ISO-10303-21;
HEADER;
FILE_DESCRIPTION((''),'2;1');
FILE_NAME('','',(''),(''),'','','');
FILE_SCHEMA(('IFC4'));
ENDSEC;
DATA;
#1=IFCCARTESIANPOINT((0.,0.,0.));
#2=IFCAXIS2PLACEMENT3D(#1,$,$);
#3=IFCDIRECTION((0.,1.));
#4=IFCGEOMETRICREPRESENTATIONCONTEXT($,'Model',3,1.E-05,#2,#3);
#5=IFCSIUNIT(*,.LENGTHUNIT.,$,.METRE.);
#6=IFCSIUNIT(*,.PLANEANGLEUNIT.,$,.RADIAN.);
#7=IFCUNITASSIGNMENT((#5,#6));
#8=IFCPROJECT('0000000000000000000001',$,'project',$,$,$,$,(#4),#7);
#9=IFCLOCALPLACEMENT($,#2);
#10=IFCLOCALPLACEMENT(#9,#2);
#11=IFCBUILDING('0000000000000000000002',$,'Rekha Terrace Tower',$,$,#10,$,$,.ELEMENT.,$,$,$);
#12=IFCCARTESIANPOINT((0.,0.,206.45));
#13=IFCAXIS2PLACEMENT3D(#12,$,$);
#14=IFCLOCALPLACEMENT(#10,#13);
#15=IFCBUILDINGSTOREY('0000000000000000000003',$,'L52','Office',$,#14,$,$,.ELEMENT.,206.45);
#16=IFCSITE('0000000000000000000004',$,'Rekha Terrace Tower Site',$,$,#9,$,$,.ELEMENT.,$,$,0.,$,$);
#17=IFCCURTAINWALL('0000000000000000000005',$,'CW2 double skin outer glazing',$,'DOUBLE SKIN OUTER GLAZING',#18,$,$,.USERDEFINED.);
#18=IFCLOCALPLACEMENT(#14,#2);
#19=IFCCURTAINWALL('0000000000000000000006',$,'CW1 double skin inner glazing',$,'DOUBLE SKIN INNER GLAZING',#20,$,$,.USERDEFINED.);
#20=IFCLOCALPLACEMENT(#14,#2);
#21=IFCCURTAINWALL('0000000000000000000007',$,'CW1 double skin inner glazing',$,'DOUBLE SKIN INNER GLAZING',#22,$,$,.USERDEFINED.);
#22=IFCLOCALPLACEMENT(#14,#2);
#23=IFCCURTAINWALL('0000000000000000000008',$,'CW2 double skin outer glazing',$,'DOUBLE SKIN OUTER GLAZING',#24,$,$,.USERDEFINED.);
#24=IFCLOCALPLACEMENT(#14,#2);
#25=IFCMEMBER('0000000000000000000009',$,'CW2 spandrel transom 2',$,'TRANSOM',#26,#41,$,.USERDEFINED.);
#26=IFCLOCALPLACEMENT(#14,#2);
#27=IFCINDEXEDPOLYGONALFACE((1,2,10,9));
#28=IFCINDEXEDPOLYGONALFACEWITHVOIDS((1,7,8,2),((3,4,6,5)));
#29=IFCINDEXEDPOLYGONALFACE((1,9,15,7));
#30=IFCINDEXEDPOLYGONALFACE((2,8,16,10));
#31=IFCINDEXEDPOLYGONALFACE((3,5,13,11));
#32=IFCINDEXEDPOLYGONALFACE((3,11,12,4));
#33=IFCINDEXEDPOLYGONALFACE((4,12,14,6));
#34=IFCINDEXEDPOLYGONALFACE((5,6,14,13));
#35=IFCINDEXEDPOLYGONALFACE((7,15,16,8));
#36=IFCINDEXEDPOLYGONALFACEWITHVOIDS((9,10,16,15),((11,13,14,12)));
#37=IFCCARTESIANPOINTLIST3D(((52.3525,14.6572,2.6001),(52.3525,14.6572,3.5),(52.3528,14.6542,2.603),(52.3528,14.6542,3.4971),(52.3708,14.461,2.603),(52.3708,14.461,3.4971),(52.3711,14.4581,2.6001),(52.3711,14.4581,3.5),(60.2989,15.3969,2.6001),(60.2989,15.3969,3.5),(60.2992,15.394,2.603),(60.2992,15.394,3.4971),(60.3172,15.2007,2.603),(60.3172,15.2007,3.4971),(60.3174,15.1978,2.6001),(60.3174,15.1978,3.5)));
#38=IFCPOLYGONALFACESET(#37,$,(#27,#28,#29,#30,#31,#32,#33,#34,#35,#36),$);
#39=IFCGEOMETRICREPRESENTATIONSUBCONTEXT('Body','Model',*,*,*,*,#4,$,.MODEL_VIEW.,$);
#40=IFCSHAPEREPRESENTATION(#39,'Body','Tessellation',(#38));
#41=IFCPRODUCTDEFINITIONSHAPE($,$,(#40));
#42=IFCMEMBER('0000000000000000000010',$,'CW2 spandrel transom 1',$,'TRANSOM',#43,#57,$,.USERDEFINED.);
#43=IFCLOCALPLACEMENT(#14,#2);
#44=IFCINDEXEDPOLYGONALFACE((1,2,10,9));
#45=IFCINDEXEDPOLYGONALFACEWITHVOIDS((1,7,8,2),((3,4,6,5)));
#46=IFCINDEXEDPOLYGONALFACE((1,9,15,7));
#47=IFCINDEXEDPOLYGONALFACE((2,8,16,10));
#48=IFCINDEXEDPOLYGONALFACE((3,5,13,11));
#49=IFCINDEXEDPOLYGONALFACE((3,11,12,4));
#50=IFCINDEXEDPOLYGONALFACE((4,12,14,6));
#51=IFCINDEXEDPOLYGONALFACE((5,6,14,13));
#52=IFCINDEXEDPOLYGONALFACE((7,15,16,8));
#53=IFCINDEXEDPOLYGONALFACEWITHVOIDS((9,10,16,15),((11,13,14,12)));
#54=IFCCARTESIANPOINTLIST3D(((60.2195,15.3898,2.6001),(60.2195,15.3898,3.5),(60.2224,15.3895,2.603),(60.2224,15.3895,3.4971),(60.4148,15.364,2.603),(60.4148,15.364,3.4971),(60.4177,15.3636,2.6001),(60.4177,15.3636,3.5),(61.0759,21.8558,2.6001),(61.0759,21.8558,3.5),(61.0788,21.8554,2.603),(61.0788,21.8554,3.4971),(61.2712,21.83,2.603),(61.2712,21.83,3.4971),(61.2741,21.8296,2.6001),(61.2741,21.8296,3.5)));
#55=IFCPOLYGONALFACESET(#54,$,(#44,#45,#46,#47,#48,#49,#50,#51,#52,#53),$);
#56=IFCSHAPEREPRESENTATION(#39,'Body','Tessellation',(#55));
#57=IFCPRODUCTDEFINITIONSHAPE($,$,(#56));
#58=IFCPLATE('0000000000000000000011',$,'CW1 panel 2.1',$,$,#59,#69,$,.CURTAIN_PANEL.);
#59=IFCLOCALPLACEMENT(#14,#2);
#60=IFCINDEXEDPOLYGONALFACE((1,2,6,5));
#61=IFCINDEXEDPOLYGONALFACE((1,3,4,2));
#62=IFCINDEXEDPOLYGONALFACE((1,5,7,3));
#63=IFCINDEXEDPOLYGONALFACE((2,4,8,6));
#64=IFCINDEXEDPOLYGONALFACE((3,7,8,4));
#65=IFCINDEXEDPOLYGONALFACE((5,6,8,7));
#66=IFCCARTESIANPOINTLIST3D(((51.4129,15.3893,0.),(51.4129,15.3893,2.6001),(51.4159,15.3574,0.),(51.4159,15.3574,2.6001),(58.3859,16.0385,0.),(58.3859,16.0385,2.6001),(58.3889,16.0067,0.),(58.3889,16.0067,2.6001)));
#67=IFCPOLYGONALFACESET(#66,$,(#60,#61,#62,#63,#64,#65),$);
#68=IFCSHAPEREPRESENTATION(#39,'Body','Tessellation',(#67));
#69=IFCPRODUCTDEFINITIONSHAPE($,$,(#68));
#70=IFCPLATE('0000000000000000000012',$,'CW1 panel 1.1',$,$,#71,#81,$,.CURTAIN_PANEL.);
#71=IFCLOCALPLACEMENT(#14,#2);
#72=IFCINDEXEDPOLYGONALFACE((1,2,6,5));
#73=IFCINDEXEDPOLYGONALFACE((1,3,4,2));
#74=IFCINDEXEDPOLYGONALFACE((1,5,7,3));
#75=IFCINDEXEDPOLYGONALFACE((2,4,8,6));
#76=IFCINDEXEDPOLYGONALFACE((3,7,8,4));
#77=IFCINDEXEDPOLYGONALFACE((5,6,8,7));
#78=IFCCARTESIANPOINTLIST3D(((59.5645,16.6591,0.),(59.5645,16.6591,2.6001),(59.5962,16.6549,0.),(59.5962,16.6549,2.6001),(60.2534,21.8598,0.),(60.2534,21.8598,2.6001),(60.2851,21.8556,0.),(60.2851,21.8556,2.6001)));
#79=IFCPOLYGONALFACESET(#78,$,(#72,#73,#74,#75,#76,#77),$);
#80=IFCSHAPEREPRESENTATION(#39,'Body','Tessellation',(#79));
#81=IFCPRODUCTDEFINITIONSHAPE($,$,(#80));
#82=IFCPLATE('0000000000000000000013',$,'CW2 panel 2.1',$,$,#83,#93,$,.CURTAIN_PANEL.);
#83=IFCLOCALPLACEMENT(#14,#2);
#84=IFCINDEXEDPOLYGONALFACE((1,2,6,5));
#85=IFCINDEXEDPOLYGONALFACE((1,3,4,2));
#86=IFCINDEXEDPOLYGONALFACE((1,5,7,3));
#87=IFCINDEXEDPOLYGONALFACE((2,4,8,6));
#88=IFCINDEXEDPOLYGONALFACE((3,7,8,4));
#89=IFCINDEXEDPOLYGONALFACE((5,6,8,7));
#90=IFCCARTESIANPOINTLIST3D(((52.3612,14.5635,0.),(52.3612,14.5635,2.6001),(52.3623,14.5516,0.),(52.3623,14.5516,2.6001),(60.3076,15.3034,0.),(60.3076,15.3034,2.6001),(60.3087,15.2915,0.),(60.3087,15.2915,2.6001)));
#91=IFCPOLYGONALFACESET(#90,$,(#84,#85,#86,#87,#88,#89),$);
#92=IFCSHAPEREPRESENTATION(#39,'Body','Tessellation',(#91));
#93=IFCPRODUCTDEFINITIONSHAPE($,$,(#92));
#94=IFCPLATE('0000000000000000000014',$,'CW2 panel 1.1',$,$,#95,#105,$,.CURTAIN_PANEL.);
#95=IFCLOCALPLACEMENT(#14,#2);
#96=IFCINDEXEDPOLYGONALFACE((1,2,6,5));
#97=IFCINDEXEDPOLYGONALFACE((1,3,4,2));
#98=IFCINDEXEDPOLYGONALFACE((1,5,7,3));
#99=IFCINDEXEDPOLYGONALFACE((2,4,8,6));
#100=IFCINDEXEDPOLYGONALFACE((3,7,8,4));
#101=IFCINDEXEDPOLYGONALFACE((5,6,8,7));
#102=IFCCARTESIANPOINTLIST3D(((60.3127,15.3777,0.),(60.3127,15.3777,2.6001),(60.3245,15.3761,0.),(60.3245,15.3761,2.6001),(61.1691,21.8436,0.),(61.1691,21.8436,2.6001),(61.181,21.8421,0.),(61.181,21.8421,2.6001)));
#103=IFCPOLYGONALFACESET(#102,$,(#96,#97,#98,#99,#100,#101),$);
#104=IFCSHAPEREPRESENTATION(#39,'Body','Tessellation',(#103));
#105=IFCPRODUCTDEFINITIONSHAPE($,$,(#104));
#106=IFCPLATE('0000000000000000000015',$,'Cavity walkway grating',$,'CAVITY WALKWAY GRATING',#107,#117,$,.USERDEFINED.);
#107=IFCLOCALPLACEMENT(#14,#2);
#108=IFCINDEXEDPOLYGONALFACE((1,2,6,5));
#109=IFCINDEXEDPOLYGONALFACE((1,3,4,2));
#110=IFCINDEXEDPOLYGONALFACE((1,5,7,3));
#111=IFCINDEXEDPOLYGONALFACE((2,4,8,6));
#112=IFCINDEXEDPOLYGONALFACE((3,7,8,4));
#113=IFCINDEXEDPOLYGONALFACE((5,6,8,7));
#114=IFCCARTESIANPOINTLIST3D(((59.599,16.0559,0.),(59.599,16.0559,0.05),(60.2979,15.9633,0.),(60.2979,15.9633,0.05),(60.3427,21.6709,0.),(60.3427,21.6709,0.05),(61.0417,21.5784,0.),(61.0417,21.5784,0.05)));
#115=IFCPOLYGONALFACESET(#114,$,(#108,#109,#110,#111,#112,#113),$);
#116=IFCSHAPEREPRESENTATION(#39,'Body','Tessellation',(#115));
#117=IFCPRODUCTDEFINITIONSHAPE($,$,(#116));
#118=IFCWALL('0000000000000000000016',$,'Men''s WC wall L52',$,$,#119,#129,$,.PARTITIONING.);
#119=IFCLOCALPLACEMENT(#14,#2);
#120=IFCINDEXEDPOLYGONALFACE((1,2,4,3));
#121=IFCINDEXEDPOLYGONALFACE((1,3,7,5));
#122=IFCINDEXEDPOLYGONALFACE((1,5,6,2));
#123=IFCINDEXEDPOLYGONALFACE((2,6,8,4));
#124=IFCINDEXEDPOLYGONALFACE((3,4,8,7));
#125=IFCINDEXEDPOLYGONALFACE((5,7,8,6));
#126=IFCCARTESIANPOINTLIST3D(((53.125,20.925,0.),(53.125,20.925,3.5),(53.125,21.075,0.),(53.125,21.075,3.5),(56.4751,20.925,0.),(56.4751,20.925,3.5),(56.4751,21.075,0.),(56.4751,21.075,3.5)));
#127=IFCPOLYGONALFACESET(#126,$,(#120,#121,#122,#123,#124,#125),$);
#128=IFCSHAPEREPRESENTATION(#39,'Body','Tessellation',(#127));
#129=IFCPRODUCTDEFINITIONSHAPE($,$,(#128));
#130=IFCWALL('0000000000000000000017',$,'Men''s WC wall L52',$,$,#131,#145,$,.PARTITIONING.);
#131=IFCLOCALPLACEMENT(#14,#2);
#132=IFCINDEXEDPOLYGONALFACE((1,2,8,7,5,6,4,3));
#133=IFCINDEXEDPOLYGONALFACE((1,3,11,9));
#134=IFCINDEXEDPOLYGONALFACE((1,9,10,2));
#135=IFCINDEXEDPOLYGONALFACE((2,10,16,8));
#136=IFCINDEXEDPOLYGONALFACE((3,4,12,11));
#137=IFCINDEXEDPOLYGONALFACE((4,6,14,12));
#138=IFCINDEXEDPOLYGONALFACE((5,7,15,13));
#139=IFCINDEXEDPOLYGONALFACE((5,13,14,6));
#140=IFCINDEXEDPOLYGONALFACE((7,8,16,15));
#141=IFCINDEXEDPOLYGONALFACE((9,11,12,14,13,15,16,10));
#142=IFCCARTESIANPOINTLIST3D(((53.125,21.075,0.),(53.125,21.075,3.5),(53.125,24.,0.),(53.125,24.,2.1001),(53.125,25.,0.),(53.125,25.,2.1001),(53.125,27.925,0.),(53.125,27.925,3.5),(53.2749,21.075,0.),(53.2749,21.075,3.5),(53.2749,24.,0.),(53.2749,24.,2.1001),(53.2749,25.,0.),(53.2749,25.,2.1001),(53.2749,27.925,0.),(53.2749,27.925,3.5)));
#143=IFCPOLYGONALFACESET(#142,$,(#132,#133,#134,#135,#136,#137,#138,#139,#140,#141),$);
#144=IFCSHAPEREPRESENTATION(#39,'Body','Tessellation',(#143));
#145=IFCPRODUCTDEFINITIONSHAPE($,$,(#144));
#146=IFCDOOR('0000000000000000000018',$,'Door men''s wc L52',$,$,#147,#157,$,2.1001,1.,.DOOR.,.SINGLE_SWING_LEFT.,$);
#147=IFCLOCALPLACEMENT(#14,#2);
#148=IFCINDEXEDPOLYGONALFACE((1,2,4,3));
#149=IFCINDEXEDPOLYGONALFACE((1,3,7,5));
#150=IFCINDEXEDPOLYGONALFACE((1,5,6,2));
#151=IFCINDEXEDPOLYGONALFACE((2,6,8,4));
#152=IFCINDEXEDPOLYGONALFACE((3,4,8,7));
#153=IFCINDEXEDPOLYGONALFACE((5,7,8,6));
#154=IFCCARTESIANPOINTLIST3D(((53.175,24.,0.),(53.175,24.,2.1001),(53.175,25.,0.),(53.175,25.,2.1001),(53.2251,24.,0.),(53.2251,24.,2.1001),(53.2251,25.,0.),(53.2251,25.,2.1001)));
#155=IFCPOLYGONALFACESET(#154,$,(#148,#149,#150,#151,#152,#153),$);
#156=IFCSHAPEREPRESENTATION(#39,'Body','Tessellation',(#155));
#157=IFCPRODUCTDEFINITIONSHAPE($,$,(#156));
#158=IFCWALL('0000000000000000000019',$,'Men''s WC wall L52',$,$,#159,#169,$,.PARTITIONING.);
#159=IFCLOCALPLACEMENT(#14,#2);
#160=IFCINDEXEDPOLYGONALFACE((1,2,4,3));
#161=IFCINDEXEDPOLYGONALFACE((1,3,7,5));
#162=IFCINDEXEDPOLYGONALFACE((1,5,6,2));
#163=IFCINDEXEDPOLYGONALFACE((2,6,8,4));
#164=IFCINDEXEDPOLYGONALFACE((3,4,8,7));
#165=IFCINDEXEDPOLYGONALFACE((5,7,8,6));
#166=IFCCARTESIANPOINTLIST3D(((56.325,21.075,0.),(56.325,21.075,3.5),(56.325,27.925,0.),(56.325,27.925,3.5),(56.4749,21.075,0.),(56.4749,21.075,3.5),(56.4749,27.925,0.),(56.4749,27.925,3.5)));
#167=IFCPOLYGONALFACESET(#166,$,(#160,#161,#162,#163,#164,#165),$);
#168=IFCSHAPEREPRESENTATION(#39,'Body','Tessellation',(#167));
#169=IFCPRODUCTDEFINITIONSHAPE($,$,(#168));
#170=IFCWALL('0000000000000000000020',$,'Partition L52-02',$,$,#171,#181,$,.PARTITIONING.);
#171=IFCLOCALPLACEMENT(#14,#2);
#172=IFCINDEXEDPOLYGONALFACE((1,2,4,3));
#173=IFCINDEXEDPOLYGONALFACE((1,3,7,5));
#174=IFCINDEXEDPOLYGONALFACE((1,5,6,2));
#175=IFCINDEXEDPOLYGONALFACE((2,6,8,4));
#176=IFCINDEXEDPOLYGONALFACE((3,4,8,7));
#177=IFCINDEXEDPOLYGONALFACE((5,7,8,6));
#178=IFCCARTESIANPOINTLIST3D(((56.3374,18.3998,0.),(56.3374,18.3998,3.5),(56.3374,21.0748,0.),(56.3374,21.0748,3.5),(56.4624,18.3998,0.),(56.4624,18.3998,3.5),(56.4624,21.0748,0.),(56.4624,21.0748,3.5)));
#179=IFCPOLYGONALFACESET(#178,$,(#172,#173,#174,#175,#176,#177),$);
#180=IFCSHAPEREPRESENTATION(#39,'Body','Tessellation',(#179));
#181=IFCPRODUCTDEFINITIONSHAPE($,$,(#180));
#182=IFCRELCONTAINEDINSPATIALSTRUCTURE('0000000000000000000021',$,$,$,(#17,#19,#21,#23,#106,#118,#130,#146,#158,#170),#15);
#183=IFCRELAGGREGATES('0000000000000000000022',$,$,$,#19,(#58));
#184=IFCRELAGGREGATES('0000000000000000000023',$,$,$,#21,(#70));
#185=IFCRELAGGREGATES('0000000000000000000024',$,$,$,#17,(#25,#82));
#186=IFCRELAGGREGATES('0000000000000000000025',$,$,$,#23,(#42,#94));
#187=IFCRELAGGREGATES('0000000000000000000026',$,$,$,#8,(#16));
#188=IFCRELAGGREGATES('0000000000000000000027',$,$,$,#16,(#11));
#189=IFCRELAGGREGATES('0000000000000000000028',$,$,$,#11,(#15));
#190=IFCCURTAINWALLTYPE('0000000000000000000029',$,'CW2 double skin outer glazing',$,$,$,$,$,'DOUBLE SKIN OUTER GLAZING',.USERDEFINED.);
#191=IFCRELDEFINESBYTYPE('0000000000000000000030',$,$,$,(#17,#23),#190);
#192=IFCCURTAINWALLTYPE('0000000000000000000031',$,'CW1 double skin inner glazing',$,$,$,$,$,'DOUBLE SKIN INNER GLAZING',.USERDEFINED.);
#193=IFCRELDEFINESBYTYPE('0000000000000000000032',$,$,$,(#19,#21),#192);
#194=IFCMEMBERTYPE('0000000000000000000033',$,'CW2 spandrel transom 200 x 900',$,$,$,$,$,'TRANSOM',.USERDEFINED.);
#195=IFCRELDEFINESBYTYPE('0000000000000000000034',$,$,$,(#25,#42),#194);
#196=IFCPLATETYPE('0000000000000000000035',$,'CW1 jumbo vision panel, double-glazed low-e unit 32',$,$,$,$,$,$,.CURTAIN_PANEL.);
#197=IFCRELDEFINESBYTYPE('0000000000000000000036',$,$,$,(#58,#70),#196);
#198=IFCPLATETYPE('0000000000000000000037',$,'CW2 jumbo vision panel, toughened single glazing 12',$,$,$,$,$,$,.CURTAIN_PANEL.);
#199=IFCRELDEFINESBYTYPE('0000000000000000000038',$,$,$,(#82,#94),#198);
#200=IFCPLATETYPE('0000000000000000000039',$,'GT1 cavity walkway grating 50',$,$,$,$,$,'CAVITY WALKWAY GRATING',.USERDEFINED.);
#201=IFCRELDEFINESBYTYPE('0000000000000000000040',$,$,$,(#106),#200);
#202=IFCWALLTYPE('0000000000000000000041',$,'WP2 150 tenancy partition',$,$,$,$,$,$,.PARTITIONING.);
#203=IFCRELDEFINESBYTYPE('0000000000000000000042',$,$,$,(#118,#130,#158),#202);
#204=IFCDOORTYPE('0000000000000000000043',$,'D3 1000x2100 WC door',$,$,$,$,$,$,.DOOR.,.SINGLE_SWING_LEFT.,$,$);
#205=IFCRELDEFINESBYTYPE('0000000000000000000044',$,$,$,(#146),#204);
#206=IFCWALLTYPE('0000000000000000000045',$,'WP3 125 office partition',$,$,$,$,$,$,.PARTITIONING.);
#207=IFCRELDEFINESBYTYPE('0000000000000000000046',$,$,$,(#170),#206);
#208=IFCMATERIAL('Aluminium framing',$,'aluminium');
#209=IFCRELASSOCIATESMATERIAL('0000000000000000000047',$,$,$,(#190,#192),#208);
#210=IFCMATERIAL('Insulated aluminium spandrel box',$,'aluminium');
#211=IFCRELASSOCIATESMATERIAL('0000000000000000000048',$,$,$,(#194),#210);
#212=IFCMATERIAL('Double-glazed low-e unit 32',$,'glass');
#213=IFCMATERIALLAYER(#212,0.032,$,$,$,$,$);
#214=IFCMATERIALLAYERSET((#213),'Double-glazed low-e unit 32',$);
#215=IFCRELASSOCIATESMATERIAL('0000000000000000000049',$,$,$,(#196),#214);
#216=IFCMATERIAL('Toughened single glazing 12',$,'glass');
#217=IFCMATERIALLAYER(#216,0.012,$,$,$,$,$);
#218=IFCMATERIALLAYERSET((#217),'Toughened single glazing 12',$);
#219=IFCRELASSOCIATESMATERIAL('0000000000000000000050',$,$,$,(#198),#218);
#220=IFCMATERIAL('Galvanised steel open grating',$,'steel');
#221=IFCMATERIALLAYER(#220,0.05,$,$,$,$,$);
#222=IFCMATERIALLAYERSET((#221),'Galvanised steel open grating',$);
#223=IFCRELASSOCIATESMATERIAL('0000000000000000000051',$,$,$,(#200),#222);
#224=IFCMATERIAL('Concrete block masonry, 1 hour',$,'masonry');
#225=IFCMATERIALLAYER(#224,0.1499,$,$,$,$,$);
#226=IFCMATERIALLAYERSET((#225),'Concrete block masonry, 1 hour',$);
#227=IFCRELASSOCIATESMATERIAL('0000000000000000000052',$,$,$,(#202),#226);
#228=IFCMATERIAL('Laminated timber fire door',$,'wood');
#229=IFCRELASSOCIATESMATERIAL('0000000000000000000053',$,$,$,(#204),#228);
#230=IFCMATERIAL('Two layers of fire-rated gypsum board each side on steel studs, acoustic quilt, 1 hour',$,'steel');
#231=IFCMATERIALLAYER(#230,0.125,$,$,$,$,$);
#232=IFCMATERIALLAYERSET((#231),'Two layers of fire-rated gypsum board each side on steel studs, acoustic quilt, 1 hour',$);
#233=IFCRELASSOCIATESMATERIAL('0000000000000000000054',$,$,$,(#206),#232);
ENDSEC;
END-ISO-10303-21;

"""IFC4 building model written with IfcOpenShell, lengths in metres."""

from ifc_helpers import new_model, si_unit, direction, frame, frame_2d, origin, origin_2d, place, context, subcontext, project, spatial, rectangle, hollow_rectangle, extrude, material, layer, layer_set, material_profile, profile_set, type_object, element, fill, aggregate, save


model = new_model("IFC4")

# Units and contexts
model_context = context("Model", 3, precision=1e-05, world=origin(), true_north=direction((0.0, 1.0)))
body_context = subcontext(model_context, "Body", "Model", "MODEL_VIEW")
ifc_project = project(units=[si_unit("LENGTHUNIT", "METRE"), si_unit("PLANEANGLEUNIT", "RADIAN")], contexts=[model_context])

# Site, building, storey
site_placement = place(None, origin())
site = spatial("IfcSite", under=ifc_project, at=site_placement, Name="Rekha Terrace Tower Site", CompositionType="ELEMENT", RefElevation=0.0)
building_placement = place(site_placement, origin())
building = spatial("IfcBuilding", under=site, at=building_placement, Name="Rekha Terrace Tower", CompositionType="ELEMENT")
storey_placement = place(building_placement, frame((0.0, 0.0, 206.45)))
storey = spatial("IfcBuildingStorey", under=building, at=storey_placement, Name="L52", Description="Office", CompositionType="ELEMENT", Elevation=206.45)

# Curtain walls
ifc_material_1 = material(Name="Aluminium framing", Category="aluminium")
curtain_wall_type_1 = type_object("IfcCurtainWallType", Name="CW2 double skin outer glazing", ElementType="DOUBLE SKIN OUTER GLAZING", PredefinedType="USERDEFINED", material=ifc_material_1)
curtain_wall_1_placement = place(storey_placement, origin())
curtain_wall_1 = element("IfcCurtainWall", 1, at=curtain_wall_1_placement, inside=storey, type_object=curtain_wall_type_1, Name="CW2 double skin outer glazing", ObjectType="DOUBLE SKIN OUTER GLAZING", PredefinedType="USERDEFINED")
curtain_wall_type_2 = type_object("IfcCurtainWallType", Name="CW1 double skin inner glazing", ElementType="DOUBLE SKIN INNER GLAZING", PredefinedType="USERDEFINED", material=ifc_material_1)
curtain_wall_2_placement = place(storey_placement, origin())
curtain_wall_2 = element("IfcCurtainWall", 2, at=curtain_wall_2_placement, inside=storey, type_object=curtain_wall_type_2, Name="CW1 double skin inner glazing", ObjectType="DOUBLE SKIN INNER GLAZING", PredefinedType="USERDEFINED")

# Curtain wall
curtain_wall_3_placement = place(storey_placement, origin())
curtain_wall_3 = element("IfcCurtainWall", 3, at=curtain_wall_3_placement, inside=storey, type_object=curtain_wall_type_2, Name="CW1 double skin inner glazing", ObjectType="DOUBLE SKIN INNER GLAZING", PredefinedType="USERDEFINED")
ifc_material_2 = material(Name="Insulated aluminium spandrel box", Category="aluminium")

# Curtain wall
curtain_wall_4_placement = place(storey_placement, origin())
curtain_wall_4 = element("IfcCurtainWall", 4, at=curtain_wall_4_placement, inside=storey, type_object=curtain_wall_type_1, Name="CW2 double skin outer glazing", ObjectType="DOUBLE SKIN OUTER GLAZING", PredefinedType="USERDEFINED")

# Members
ifc_material_profile_1 = material_profile(ifc_material_2, hollow_rectangle(XDim=0.2, YDim=0.8999, WallThickness=0.0029, at=origin_2d()), Name="AL SPANDREL BOX 200x900")
ifc_profile_set_1 = profile_set([ifc_material_profile_1], Name="Insulated aluminium spandrel box")
member_type_1 = type_object("IfcMemberType", Name="CW2 spandrel transom 200 x 900", ElementType="TRANSOM", PredefinedType="USERDEFINED", material=ifc_profile_set_1)
member_1_placement = place(storey_placement, frame((52.3618, 14.5576, 3.05), z_axis=(0.995695, 0.092692, 0.0), x_axis=(-0.092692, 0.995695, 0.0)))
member_1 = element("IfcMember", 5, at=member_1_placement, type_object=member_type_1, Name="CW2 spandrel transom 2", ObjectType="TRANSOM", PredefinedType="USERDEFINED", context=body_context, shape_type="SweptSolid", body=[
    extrude(hollow_rectangle(XDim=0.2, YDim=0.8999, WallThickness=0.0029, at=origin_2d()), origin(), (0.0, 0.0, 1.0), 7.9807),
])
member_2_placement = place(storey_placement, frame((60.3186, 15.3767, 3.05), z_axis=(0.131306, 0.991342, 0.0), x_axis=(-0.991342, 0.131306, 0.0)))
member_2 = element("IfcMember", 6, at=member_2_placement, type_object=member_type_1, Name="CW2 spandrel transom 1", ObjectType="TRANSOM", PredefinedType="USERDEFINED", context=body_context, shape_type="SweptSolid", body=[
    extrude(hollow_rectangle(XDim=0.2, YDim=0.8999, WallThickness=0.0029, at=origin_2d()), origin(), (0.0, 0.0, 1.0), 6.5225),
])

# Plates
ifc_material_3 = material(Name="Double-glazed low-e unit 32", Category="glass")
ifc_layer_1 = layer(ifc_material_3, 0.032)
ifc_layer_set_1 = layer_set([ifc_layer_1], Name="Double-glazed low-e unit 32")
plate_type_1 = type_object("IfcPlateType", Name="CW1 jumbo vision panel, double-glazed low-e unit 32", PredefinedType="CURTAIN_PANEL", material=ifc_layer_set_1)
plate_1_placement = place(storey_placement, frame((54.9009, 15.698, 0.0), z_axis=(0.0, 0.0, 1.0), x_axis=(0.995693, 0.092709, 0.0)))
plate_1 = element("IfcPlate", 7, at=plate_1_placement, type_object=plate_type_1, Name="CW1 panel 2.1", PredefinedType="CURTAIN_PANEL", context=body_context, shape_type="SweptSolid", body=[
    extrude(rectangle(XDim=7.0032, YDim=0.032, at=origin_2d()), origin(), (0.0, 0.0, 1.0), 2.6001),
])
aggregate(curtain_wall_2, [plate_1])
plate_2_placement = place(storey_placement, frame((59.9248, 19.2573, 0.0), z_axis=(0.0, 0.0, 1.0), x_axis=(0.131304, 0.991342, 0.0)))
plate_2 = element("IfcPlate", 8, at=plate_2_placement, type_object=plate_type_1, Name="CW1 panel 1.1", PredefinedType="CURTAIN_PANEL", context=body_context, shape_type="SweptSolid", body=[
    extrude(rectangle(XDim=5.2461, YDim=0.032, at=origin_2d()), origin(), (0.0, 0.0, 1.0), 2.6001),
])
aggregate(curtain_wall_3, [plate_2])
ifc_material_4 = material(Name="Toughened single glazing 12", Category="glass")
ifc_layer_2 = layer(ifc_material_4, 0.012)
ifc_layer_set_2 = layer_set([ifc_layer_2], Name="Toughened single glazing 12")
plate_type_2 = type_object("IfcPlateType", Name="CW2 jumbo vision panel, toughened single glazing 12", PredefinedType="CURTAIN_PANEL", material=ifc_layer_set_2)
plate_3_placement = place(storey_placement, frame((56.335, 14.9275, 0.0), z_axis=(0.0, 0.0, 1.0), x_axis=(0.995693, 0.092709, 0.0)))
plate_3 = element("IfcPlate", 9, at=plate_3_placement, type_object=plate_type_2, Name="CW2 panel 2.1", PredefinedType="CURTAIN_PANEL", context=body_context, shape_type="SweptSolid", body=[
    extrude(rectangle(XDim=7.9807, YDim=0.012, at=origin_2d()), origin(), (0.0, 0.0, 1.0), 2.6001),
])
aggregate(curtain_wall_1, [member_1, plate_3])
plate_4_placement = place(storey_placement, frame((60.7468, 18.6099, 0.0), z_axis=(0.0, 0.0, 1.0), x_axis=(0.131304, 0.991342, 0.0)))
plate_4 = element("IfcPlate", 10, at=plate_4_placement, type_object=plate_type_2, Name="CW2 panel 1.1", PredefinedType="CURTAIN_PANEL", context=body_context, shape_type="SweptSolid", body=[
    extrude(rectangle(XDim=6.5225, YDim=0.012, at=origin_2d()), origin(), (0.0, 0.0, 1.0), 2.6001),
])
aggregate(curtain_wall_4, [member_2, plate_4])
ifc_material_5 = material(Name="Galvanised steel open grating", Category="steel")
ifc_layer_3 = layer(ifc_material_5, 0.05)
ifc_layer_set_3 = layer_set([ifc_layer_3], Name="Galvanised steel open grating")
plate_type_3 = type_object("IfcPlateType", Name="GT1 cavity walkway grating 50", ElementType="CAVITY WALKWAY GRATING", PredefinedType="USERDEFINED", material=ifc_layer_set_3)
plate_5_placement = place(storey_placement, frame((60.3203, 18.8171, 0.0), z_axis=(0.0, 0.0, 1.0), x_axis=(0.131304, 0.991342, 0.0)))
element("IfcPlate", 11, at=plate_5_placement, inside=storey, type_object=plate_type_3, Name="Cavity walkway grating", ObjectType="CAVITY WALKWAY GRATING", PredefinedType="USERDEFINED", context=body_context, shape_type="SweptSolid", body=[
    extrude(rectangle(XDim=5.6641, YDim=0.7051, at=origin_2d()), origin(), (0.0, 0.0, 1.0), 0.05),
])

# Wall
ifc_material_6 = material(Name="Concrete block masonry, 1 hour", Category="masonry")
ifc_layer_4 = layer(ifc_material_6, 0.1499)
ifc_layer_set_4 = layer_set([ifc_layer_4], Name="Concrete block masonry, 1 hour")
wall_type_1 = type_object("IfcWallType", Name="WP2 150 tenancy partition", PredefinedType="PARTITIONING", material=ifc_layer_set_4)
wall_1_placement = place(storey_placement, frame((53.125, 21.0, 0.0), z_axis=(0.0, 0.0, 1.0), x_axis=(1.0, 0.0, 0.0)))
element("IfcWall", 12, at=wall_1_placement, inside=storey, type_object=wall_type_1, Name="Men's WC wall L52", PredefinedType="PARTITIONING", context=body_context, shape_type="SweptSolid", body=[
    extrude(rectangle(XDim=3.3501, YDim=0.1499, at=frame_2d((1.675, 0.0))), origin(), (0.0, 0.0, 1.0), 3.5),
])

# Wall, opening, door
wall_2_placement = place(storey_placement, frame((53.2, 21.075, 0.0), z_axis=(0.0, 0.0, 1.0), x_axis=(0.0, 1.0, 0.0)))
wall_2 = element("IfcWall", 13, at=wall_2_placement, inside=storey, type_object=wall_type_1, Name="Men's WC wall L52", PredefinedType="PARTITIONING", context=body_context, shape_type="SweptSolid", body=[
    extrude(rectangle(XDim=6.8501, YDim=0.1499, at=frame_2d((3.425, 0.0))), origin(), (0.0, 0.0, 1.0), 3.5),
])
opening_1_placement = place(wall_2_placement, frame((2.925, 0.0, 0.0)))
opening_1 = element("IfcOpeningElement", 14, at=opening_1_placement, cuts=wall_2, PredefinedType="OPENING", context=body_context, shape_type="SweptSolid", body=[
    extrude(rectangle(XDim=1.0, YDim=2.1001, at=frame_2d((0.5, 1.05))), frame((0.0, 0.085, 0.0), z_axis=(0.0, -1.0, 0.0), x_axis=(1.0, 0.0, 0.0)), (0.0, 0.0, 1.0), 0.1699),
])
ifc_material_7 = material(Name="Laminated timber fire door", Category="wood")
door_type_1 = type_object("IfcDoorType", Name="D3 1000x2100 WC door", OperationType="SINGLE_SWING_LEFT", PredefinedType="DOOR", material=ifc_material_7)
door_1_placement = place(opening_1_placement, origin())
door_1 = element("IfcDoor", 15, at=door_1_placement, inside=storey, type_object=door_type_1, Name="Door men's wc L52", OperationType="SINGLE_SWING_LEFT", OverallHeight=2.1001, OverallWidth=1.0, PredefinedType="DOOR", context=body_context, shape_type="SweptSolid", body=[
    extrude(rectangle(XDim=1.0, YDim=2.1001, at=frame_2d((0.5, 1.05))), frame((0.0, 0.0249, 0.0), z_axis=(0.0, -1.0, 0.0), x_axis=(1.0, 0.0, 0.0)), (0.0, 0.0, 1.0), 0.05),
])
fill(opening_1, door_1)

# Walls
wall_3_placement = place(storey_placement, frame((56.3999, 21.075, 0.0), z_axis=(0.0, 0.0, 1.0), x_axis=(0.0, 1.0, 0.0)))
element("IfcWall", 16, at=wall_3_placement, inside=storey, type_object=wall_type_1, Name="Men's WC wall L52", PredefinedType="PARTITIONING", context=body_context, shape_type="SweptSolid", body=[
    extrude(rectangle(XDim=6.8501, YDim=0.1499, at=frame_2d((3.425, 0.0))), origin(), (0.0, 0.0, 1.0), 3.5),
])
ifc_material_8 = material(Name="Two layers of fire-rated gypsum board each side on steel studs, acoustic quilt, 1 hour", Category="steel")
ifc_layer_5 = layer(ifc_material_8, 0.125)
ifc_layer_set_5 = layer_set([ifc_layer_5], Name="Two layers of fire-rated gypsum board each side on steel studs, acoustic quilt, 1 hour")
wall_type_2 = type_object("IfcWallType", Name="WP3 125 office partition", PredefinedType="PARTITIONING", material=ifc_layer_set_5)
wall_4_placement = place(storey_placement, frame((56.3999, 18.3999, 0.0), z_axis=(0.0, 0.0, 1.0), x_axis=(0.0, 1.0, 0.0)))
element("IfcWall", 17, at=wall_4_placement, inside=storey, type_object=wall_type_2, Name="Partition L52-02", PredefinedType="PARTITIONING", context=body_context, shape_type="SweptSolid", body=[
    extrude(rectangle(XDim=2.675, YDim=0.125, at=frame_2d((1.3374, 0.0))), origin(), (0.0, 0.0, 1.0), 3.5),
])

save(model, "model.ifc")
